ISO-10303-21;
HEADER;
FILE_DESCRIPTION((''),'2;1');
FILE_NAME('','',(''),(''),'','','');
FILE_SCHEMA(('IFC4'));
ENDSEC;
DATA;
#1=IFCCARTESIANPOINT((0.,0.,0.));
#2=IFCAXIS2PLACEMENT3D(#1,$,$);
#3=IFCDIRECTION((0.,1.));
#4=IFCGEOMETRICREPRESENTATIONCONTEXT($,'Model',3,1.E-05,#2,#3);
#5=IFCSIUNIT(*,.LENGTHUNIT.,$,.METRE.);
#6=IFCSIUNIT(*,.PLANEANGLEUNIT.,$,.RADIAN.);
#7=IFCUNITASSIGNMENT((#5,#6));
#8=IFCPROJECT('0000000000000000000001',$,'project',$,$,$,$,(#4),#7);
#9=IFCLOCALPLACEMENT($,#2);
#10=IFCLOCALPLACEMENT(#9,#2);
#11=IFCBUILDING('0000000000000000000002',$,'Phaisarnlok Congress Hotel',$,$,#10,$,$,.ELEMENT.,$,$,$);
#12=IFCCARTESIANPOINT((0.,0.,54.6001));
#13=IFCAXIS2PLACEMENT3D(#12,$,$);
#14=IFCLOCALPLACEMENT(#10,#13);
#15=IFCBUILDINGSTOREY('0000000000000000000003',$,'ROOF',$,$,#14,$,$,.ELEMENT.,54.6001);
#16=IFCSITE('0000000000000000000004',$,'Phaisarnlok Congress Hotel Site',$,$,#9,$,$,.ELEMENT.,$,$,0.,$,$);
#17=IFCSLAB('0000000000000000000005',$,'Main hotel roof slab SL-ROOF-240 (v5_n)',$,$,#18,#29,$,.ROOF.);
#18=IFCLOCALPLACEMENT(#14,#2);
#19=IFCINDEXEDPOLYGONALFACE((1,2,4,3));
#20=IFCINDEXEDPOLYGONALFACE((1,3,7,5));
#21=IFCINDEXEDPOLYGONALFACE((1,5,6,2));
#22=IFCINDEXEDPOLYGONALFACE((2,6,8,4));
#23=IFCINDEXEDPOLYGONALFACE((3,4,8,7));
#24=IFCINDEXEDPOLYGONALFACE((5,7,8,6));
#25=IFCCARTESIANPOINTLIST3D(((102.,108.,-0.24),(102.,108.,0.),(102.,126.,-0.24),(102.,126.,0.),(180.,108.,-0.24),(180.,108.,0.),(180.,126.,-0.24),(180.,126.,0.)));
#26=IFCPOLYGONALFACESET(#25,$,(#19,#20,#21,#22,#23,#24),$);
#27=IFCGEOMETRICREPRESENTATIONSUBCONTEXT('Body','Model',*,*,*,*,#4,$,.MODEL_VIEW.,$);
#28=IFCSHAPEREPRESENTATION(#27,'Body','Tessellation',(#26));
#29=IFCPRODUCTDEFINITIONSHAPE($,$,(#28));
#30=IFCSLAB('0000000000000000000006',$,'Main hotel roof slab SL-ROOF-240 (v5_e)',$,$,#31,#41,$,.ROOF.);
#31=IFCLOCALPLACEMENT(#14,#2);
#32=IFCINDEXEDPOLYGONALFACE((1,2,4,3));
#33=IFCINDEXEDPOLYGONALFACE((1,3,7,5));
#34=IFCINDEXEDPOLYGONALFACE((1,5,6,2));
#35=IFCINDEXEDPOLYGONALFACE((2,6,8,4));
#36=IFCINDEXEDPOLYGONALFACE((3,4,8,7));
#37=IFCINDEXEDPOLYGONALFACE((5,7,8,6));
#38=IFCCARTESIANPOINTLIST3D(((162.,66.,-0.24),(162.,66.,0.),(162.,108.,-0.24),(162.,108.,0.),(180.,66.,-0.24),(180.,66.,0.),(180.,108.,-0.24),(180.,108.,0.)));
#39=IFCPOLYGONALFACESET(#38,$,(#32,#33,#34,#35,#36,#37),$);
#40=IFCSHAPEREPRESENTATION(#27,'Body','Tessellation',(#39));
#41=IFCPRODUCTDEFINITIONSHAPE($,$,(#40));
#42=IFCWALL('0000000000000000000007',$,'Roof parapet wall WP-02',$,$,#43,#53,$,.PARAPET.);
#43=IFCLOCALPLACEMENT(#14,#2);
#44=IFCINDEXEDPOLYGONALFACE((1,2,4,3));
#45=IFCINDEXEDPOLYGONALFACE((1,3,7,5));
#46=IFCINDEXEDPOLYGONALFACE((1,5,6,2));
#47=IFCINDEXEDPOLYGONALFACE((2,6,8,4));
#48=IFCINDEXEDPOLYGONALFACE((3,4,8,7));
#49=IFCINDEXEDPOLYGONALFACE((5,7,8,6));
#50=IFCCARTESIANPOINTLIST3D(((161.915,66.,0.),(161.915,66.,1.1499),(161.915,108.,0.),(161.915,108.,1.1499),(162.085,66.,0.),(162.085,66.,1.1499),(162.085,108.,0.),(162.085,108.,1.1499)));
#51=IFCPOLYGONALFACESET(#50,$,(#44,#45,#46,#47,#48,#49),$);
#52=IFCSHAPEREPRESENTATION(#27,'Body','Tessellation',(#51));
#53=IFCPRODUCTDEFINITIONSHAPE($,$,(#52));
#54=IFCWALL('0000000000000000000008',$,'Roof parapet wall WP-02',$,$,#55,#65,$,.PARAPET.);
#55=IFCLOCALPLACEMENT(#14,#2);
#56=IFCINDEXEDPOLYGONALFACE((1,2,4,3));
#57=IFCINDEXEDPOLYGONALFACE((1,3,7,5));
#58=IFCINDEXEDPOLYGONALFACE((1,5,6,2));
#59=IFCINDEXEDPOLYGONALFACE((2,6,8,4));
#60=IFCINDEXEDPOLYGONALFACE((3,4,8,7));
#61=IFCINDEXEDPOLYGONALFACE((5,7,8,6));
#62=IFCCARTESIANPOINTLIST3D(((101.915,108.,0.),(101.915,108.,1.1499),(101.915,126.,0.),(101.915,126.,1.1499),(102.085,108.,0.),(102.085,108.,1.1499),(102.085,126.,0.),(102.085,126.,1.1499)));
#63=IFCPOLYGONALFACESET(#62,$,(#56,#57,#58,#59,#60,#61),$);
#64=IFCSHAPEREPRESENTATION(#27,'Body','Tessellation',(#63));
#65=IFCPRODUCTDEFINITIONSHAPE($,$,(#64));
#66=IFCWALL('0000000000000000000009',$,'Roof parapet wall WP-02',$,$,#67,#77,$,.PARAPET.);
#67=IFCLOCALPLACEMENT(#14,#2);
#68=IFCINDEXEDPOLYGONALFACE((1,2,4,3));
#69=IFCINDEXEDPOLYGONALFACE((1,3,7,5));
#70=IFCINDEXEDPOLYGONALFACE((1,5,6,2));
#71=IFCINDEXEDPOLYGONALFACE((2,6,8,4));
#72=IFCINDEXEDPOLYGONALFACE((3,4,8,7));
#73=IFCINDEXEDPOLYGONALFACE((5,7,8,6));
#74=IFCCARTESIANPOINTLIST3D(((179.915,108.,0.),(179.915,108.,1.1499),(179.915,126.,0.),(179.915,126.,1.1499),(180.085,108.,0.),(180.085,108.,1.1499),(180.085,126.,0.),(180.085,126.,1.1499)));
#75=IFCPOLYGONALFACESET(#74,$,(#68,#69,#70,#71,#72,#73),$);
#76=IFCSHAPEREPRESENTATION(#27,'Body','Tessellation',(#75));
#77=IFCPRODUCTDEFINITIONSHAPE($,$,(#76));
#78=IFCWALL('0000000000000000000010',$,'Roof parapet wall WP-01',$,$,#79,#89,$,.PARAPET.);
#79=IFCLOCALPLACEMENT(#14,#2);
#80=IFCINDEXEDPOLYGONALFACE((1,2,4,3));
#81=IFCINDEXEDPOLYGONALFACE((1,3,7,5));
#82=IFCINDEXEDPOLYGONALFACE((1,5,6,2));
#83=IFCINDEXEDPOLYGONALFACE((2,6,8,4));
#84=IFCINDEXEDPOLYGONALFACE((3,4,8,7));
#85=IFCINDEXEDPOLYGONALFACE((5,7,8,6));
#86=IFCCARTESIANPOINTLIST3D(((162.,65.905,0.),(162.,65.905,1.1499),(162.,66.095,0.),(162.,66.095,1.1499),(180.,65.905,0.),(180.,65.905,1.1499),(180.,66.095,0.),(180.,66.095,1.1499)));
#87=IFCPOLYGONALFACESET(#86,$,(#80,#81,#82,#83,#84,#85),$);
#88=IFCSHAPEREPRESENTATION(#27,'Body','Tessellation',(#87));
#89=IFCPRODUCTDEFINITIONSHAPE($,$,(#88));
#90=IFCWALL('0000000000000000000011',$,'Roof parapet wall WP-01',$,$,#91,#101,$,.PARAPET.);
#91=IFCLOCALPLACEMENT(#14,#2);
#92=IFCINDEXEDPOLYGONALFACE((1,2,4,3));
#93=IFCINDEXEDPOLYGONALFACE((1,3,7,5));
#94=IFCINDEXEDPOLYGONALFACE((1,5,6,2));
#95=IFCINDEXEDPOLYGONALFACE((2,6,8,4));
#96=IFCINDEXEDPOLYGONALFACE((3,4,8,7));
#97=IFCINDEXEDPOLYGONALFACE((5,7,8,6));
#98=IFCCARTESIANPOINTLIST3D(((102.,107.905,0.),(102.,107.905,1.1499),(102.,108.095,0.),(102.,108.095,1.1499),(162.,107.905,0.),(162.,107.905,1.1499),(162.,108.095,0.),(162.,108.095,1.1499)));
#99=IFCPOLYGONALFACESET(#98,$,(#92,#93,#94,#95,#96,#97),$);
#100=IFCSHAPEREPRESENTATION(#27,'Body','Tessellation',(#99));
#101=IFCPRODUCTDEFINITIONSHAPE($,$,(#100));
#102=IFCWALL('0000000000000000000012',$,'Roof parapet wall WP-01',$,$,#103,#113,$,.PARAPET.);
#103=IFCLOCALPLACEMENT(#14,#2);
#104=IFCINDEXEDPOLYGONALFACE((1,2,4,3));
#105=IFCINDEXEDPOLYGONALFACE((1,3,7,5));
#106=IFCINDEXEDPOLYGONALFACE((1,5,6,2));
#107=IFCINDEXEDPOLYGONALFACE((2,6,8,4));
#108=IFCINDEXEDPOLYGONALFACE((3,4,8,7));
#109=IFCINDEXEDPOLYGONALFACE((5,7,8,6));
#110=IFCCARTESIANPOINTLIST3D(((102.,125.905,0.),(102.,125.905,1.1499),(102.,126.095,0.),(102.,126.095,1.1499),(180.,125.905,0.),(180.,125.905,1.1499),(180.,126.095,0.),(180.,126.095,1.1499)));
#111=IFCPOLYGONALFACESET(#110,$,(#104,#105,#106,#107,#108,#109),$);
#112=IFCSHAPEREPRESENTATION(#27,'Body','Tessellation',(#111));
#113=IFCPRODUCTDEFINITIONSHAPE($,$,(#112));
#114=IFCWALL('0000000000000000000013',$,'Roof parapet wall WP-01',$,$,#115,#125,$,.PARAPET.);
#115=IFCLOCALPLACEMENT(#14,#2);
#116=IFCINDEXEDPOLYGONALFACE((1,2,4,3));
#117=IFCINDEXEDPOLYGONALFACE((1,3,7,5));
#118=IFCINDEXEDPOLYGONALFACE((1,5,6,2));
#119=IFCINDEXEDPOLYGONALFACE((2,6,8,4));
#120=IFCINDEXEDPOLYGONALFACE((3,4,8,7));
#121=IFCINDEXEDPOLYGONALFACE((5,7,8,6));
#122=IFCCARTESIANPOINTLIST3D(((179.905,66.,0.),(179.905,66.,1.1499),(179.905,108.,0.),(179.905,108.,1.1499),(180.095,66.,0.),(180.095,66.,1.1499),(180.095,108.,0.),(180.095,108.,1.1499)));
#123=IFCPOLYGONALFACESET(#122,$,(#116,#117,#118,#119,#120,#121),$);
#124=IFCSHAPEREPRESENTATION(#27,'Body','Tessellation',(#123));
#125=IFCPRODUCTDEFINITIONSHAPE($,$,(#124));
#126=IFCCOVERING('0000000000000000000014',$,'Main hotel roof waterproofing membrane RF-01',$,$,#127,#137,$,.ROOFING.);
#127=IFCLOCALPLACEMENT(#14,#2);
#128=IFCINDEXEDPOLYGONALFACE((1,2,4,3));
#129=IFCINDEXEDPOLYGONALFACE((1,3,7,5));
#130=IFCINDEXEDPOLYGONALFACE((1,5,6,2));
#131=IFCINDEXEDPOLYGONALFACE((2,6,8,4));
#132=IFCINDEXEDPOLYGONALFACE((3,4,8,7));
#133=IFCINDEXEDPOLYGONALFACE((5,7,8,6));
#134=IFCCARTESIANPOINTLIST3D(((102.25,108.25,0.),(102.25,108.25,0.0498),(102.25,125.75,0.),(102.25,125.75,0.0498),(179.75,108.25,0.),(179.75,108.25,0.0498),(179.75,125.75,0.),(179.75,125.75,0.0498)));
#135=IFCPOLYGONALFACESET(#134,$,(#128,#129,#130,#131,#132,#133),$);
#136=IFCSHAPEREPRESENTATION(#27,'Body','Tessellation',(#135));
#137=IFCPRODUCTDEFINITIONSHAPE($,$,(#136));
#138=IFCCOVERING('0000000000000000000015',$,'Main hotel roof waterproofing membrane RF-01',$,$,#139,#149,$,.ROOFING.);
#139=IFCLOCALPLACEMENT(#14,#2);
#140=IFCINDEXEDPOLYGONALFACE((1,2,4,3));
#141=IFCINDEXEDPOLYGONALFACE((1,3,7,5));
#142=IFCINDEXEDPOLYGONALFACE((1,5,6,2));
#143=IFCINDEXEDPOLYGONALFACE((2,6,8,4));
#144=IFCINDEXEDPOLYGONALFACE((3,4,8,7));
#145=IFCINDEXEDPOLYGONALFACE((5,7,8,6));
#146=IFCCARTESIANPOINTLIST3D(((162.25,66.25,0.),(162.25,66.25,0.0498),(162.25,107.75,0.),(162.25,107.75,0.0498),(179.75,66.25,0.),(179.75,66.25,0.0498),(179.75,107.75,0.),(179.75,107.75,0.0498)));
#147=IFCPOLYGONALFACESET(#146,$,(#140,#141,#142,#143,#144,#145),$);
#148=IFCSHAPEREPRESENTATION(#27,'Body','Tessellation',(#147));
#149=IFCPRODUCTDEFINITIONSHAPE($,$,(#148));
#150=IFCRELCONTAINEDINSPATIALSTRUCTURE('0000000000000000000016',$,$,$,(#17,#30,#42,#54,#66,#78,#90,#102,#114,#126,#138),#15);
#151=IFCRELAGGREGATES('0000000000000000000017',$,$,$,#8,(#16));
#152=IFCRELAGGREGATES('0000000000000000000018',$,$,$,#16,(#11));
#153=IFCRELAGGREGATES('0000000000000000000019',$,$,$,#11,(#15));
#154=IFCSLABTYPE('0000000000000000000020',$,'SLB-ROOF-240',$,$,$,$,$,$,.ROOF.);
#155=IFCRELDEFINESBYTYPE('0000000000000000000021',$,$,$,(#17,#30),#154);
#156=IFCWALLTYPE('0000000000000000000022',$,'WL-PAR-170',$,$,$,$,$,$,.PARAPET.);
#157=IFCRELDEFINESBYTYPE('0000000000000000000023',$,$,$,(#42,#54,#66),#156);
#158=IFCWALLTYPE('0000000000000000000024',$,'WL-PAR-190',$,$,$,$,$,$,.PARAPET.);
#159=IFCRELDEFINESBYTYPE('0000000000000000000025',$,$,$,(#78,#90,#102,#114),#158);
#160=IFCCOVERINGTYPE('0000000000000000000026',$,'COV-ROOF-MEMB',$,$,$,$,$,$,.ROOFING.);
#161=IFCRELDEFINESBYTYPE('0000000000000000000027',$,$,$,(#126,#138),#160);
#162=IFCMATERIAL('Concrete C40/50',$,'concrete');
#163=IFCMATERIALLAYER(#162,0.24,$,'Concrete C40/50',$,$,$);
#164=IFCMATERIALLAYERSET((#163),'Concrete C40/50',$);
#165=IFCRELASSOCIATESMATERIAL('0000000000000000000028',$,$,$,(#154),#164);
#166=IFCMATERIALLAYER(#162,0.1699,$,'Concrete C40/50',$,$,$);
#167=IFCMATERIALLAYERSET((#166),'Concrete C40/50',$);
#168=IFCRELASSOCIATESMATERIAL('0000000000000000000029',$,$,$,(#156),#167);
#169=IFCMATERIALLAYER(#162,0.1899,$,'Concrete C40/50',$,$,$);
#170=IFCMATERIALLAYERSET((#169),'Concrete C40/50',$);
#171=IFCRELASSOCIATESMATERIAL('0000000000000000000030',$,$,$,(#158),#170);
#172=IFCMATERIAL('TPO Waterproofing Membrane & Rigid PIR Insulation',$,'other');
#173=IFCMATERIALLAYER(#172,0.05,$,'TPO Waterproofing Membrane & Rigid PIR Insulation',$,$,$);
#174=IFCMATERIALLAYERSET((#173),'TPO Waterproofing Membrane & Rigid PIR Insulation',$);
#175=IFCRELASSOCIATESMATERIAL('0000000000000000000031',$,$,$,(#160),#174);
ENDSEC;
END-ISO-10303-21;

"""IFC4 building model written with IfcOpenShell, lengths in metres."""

from ifc_helpers import new_model, si_unit, direction, frame, frame_2d, origin, place, context, subcontext, project, spatial, polyline, rectangle, outline, extrude, material, layer, layer_set, type_object, element, save


model = new_model("IFC4")

# Units and contexts
model_context = context("Model", 3, precision=1e-05, world=origin(), true_north=direction((0.0, 1.0)))
body_context = subcontext(model_context, "Body", "Model", "MODEL_VIEW")
ifc_project = project(units=[si_unit("LENGTHUNIT", "METRE"), si_unit("PLANEANGLEUNIT", "RADIAN")], contexts=[model_context])

# Site, building, storey
site_placement = place(None, origin())
site = spatial("IfcSite", under=ifc_project, at=site_placement, Name="Phaisarnlok Congress Hotel Site", CompositionType="ELEMENT", RefElevation=0.0)
building_placement = place(site_placement, origin())
building = spatial("IfcBuilding", under=site, at=building_placement, Name="Phaisarnlok Congress Hotel", CompositionType="ELEMENT")
storey_placement = place(building_placement, frame((0.0, 0.0, 54.6001)))
storey = spatial("IfcBuildingStorey", under=building, at=storey_placement, Name="ROOF", CompositionType="ELEMENT", Elevation=54.6001)

# Slabs
ifc_material_1 = material(Name="Concrete C40/50", Category="concrete")
ifc_layer_1 = layer(ifc_material_1, 0.24, Name="Concrete C40/50")
ifc_layer_set_1 = layer_set([ifc_layer_1], Name="Concrete C40/50")
slab_type = type_object("IfcSlabType", Name="SLB-ROOF-240", PredefinedType="ROOF", material=ifc_layer_set_1)
slab_1_placement = place(storey_placement, frame((0.0, 0.0, -0.24)))
element("IfcSlab", 1, at=slab_1_placement, inside=storey, type_object=slab_type, Name="Main hotel roof slab SL-ROOF-240 (v5_n)", PredefinedType="ROOF", context=body_context, shape_type="SweptSolid", body=[
    extrude(outline(polyline([(102.0, 108.0), (180.0, 108.0), (180.0, 126.0), (102.0, 126.0), (102.0, 108.0)])), origin(), (0.0, 0.0, 1.0), 0.24),
])
slab_2_placement = place(storey_placement, frame((0.0, 0.0, -0.24)))
element("IfcSlab", 2, at=slab_2_placement, inside=storey, type_object=slab_type, Name="Main hotel roof slab SL-ROOF-240 (v5_e)", PredefinedType="ROOF", context=body_context, shape_type="SweptSolid", body=[
    extrude(outline(polyline([(162.0, 66.0), (180.0, 66.0), (180.0, 108.0), (162.0, 108.0), (162.0, 66.0)])), origin(), (0.0, 0.0, 1.0), 0.24),
])

# Walls
ifc_layer_2 = layer(ifc_material_1, 0.1699, Name="Concrete C40/50")
ifc_layer_set_2 = layer_set([ifc_layer_2], Name="Concrete C40/50")
wall_type_1 = type_object("IfcWallType", Name="WL-PAR-170", PredefinedType="PARAPET", material=ifc_layer_set_2)
wall_1_placement = place(storey_placement, frame((162.0, 66.0, 0.0), z_axis=(0.0, 0.0, 1.0), x_axis=(0.0, 1.0, 0.0)))
element("IfcWall", 3, at=wall_1_placement, inside=storey, type_object=wall_type_1, Name="Roof parapet wall WP-02", PredefinedType="PARAPET", context=body_context, shape_type="SweptSolid", body=[
    extrude(rectangle(XDim=42.0, YDim=0.1699, at=frame_2d((21.0, 0.0))), origin(), (0.0, 0.0, 1.0), 1.1499),
])
for number, where, z_axis, x_axis, name in (
    (4, (102.0, 108.0, 0.0), (0.0, 0.0, 1.0), (0.0, 1.0, 0.0), "Roof parapet wall WP-02"),
    (5, (180.0, 126.0, 0.0), (0.0, 0.0, 1.0), (0.0, -1.0, 0.0), "Roof parapet wall WP-02"),
):
    element("IfcWall", number, at=place(storey_placement, frame(where, z_axis=z_axis, x_axis=x_axis)), inside=storey, type_object=wall_type_1, Name=name, PredefinedType="PARAPET", context=body_context, shape_type="SweptSolid", body=[
        extrude(rectangle(XDim=18.0, YDim=0.1699, at=frame_2d((9.0, 0.0))), origin(), (0.0, 0.0, 1.0), 1.1499),
    ])
ifc_layer_3 = layer(ifc_material_1, 0.1899, Name="Concrete C40/50")
ifc_layer_set_3 = layer_set([ifc_layer_3], Name="Concrete C40/50")
wall_type_2 = type_object("IfcWallType", Name="WL-PAR-190", PredefinedType="PARAPET", material=ifc_layer_set_3)
wall_2_placement = place(storey_placement, frame((180.0, 66.0, 0.0), z_axis=(0.0, 0.0, 1.0), x_axis=(-1.0, 0.0, 0.0)))
element("IfcWall", 6, at=wall_2_placement, inside=storey, type_object=wall_type_2, Name="Roof parapet wall WP-01", PredefinedType="PARAPET", context=body_context, shape_type="SweptSolid", body=[
    extrude(rectangle(XDim=18.0, YDim=0.1899, at=frame_2d((9.0, 0.0))), origin(), (0.0, 0.0, 1.0), 1.1499),
])
wall_3_placement = place(storey_placement, frame((162.0, 108.0, 0.0), z_axis=(0.0, 0.0, 1.0), x_axis=(-1.0, 0.0, 0.0)))
element("IfcWall", 7, at=wall_3_placement, inside=storey, type_object=wall_type_2, Name="Roof parapet wall WP-01", PredefinedType="PARAPET", context=body_context, shape_type="SweptSolid", body=[
    extrude(rectangle(XDim=60.0, YDim=0.1899, at=frame_2d((30.0, 0.0))), origin(), (0.0, 0.0, 1.0), 1.1499),
])
wall_4_placement = place(storey_placement, frame((102.0, 126.0, 0.0), z_axis=(0.0, 0.0, 1.0), x_axis=(1.0, 0.0, 0.0)))
element("IfcWall", 8, at=wall_4_placement, inside=storey, type_object=wall_type_2, Name="Roof parapet wall WP-01", PredefinedType="PARAPET", context=body_context, shape_type="SweptSolid", body=[
    extrude(rectangle(XDim=78.0, YDim=0.1899, at=frame_2d((39.0, 0.0))), origin(), (0.0, 0.0, 1.0), 1.1499),
])
wall_5_placement = place(storey_placement, frame((180.0, 108.0, 0.0), z_axis=(0.0, 0.0, 1.0), x_axis=(0.0, -1.0, 0.0)))
element("IfcWall", 9, at=wall_5_placement, inside=storey, type_object=wall_type_2, Name="Roof parapet wall WP-01", PredefinedType="PARAPET", context=body_context, shape_type="SweptSolid", body=[
    extrude(rectangle(XDim=42.0, YDim=0.1899, at=frame_2d((21.0, 0.0))), origin(), (0.0, 0.0, 1.0), 1.1499),
])

# Coverings
ifc_material_2 = material(Name="TPO Waterproofing Membrane & Rigid PIR Insulation", Category="other")
ifc_layer_4 = layer(ifc_material_2, 0.05, Name="TPO Waterproofing Membrane & Rigid PIR Insulation")
ifc_layer_set_4 = layer_set([ifc_layer_4], Name="TPO Waterproofing Membrane & Rigid PIR Insulation")
covering_type = type_object("IfcCoveringType", Name="COV-ROOF-MEMB", PredefinedType="ROOFING", material=ifc_layer_set_4)
covering_1_placement = place(storey_placement, origin())
element("IfcCovering", 10, at=covering_1_placement, inside=storey, type_object=covering_type, Name="Main hotel roof waterproofing membrane RF-01", PredefinedType="ROOFING", context=body_context, shape_type="SweptSolid", body=[
    extrude(outline(polyline([(102.25, 108.25), (179.75, 108.25), (179.75, 125.75), (102.25, 125.75), (102.25, 108.25)])), origin(), (0.0, 0.0, 1.0), 0.0498),
])
covering_2_placement = place(storey_placement, origin())
element("IfcCovering", 11, at=covering_2_placement, inside=storey, type_object=covering_type, Name="Main hotel roof waterproofing membrane RF-01", PredefinedType="ROOFING", context=body_context, shape_type="SweptSolid", body=[
    extrude(outline(polyline([(162.25, 66.25), (179.75, 66.25), (179.75, 107.75), (162.25, 107.75), (162.25, 66.25)])), origin(), (0.0, 0.0, 1.0), 0.0498),
])

save(model, "model.ifc")
